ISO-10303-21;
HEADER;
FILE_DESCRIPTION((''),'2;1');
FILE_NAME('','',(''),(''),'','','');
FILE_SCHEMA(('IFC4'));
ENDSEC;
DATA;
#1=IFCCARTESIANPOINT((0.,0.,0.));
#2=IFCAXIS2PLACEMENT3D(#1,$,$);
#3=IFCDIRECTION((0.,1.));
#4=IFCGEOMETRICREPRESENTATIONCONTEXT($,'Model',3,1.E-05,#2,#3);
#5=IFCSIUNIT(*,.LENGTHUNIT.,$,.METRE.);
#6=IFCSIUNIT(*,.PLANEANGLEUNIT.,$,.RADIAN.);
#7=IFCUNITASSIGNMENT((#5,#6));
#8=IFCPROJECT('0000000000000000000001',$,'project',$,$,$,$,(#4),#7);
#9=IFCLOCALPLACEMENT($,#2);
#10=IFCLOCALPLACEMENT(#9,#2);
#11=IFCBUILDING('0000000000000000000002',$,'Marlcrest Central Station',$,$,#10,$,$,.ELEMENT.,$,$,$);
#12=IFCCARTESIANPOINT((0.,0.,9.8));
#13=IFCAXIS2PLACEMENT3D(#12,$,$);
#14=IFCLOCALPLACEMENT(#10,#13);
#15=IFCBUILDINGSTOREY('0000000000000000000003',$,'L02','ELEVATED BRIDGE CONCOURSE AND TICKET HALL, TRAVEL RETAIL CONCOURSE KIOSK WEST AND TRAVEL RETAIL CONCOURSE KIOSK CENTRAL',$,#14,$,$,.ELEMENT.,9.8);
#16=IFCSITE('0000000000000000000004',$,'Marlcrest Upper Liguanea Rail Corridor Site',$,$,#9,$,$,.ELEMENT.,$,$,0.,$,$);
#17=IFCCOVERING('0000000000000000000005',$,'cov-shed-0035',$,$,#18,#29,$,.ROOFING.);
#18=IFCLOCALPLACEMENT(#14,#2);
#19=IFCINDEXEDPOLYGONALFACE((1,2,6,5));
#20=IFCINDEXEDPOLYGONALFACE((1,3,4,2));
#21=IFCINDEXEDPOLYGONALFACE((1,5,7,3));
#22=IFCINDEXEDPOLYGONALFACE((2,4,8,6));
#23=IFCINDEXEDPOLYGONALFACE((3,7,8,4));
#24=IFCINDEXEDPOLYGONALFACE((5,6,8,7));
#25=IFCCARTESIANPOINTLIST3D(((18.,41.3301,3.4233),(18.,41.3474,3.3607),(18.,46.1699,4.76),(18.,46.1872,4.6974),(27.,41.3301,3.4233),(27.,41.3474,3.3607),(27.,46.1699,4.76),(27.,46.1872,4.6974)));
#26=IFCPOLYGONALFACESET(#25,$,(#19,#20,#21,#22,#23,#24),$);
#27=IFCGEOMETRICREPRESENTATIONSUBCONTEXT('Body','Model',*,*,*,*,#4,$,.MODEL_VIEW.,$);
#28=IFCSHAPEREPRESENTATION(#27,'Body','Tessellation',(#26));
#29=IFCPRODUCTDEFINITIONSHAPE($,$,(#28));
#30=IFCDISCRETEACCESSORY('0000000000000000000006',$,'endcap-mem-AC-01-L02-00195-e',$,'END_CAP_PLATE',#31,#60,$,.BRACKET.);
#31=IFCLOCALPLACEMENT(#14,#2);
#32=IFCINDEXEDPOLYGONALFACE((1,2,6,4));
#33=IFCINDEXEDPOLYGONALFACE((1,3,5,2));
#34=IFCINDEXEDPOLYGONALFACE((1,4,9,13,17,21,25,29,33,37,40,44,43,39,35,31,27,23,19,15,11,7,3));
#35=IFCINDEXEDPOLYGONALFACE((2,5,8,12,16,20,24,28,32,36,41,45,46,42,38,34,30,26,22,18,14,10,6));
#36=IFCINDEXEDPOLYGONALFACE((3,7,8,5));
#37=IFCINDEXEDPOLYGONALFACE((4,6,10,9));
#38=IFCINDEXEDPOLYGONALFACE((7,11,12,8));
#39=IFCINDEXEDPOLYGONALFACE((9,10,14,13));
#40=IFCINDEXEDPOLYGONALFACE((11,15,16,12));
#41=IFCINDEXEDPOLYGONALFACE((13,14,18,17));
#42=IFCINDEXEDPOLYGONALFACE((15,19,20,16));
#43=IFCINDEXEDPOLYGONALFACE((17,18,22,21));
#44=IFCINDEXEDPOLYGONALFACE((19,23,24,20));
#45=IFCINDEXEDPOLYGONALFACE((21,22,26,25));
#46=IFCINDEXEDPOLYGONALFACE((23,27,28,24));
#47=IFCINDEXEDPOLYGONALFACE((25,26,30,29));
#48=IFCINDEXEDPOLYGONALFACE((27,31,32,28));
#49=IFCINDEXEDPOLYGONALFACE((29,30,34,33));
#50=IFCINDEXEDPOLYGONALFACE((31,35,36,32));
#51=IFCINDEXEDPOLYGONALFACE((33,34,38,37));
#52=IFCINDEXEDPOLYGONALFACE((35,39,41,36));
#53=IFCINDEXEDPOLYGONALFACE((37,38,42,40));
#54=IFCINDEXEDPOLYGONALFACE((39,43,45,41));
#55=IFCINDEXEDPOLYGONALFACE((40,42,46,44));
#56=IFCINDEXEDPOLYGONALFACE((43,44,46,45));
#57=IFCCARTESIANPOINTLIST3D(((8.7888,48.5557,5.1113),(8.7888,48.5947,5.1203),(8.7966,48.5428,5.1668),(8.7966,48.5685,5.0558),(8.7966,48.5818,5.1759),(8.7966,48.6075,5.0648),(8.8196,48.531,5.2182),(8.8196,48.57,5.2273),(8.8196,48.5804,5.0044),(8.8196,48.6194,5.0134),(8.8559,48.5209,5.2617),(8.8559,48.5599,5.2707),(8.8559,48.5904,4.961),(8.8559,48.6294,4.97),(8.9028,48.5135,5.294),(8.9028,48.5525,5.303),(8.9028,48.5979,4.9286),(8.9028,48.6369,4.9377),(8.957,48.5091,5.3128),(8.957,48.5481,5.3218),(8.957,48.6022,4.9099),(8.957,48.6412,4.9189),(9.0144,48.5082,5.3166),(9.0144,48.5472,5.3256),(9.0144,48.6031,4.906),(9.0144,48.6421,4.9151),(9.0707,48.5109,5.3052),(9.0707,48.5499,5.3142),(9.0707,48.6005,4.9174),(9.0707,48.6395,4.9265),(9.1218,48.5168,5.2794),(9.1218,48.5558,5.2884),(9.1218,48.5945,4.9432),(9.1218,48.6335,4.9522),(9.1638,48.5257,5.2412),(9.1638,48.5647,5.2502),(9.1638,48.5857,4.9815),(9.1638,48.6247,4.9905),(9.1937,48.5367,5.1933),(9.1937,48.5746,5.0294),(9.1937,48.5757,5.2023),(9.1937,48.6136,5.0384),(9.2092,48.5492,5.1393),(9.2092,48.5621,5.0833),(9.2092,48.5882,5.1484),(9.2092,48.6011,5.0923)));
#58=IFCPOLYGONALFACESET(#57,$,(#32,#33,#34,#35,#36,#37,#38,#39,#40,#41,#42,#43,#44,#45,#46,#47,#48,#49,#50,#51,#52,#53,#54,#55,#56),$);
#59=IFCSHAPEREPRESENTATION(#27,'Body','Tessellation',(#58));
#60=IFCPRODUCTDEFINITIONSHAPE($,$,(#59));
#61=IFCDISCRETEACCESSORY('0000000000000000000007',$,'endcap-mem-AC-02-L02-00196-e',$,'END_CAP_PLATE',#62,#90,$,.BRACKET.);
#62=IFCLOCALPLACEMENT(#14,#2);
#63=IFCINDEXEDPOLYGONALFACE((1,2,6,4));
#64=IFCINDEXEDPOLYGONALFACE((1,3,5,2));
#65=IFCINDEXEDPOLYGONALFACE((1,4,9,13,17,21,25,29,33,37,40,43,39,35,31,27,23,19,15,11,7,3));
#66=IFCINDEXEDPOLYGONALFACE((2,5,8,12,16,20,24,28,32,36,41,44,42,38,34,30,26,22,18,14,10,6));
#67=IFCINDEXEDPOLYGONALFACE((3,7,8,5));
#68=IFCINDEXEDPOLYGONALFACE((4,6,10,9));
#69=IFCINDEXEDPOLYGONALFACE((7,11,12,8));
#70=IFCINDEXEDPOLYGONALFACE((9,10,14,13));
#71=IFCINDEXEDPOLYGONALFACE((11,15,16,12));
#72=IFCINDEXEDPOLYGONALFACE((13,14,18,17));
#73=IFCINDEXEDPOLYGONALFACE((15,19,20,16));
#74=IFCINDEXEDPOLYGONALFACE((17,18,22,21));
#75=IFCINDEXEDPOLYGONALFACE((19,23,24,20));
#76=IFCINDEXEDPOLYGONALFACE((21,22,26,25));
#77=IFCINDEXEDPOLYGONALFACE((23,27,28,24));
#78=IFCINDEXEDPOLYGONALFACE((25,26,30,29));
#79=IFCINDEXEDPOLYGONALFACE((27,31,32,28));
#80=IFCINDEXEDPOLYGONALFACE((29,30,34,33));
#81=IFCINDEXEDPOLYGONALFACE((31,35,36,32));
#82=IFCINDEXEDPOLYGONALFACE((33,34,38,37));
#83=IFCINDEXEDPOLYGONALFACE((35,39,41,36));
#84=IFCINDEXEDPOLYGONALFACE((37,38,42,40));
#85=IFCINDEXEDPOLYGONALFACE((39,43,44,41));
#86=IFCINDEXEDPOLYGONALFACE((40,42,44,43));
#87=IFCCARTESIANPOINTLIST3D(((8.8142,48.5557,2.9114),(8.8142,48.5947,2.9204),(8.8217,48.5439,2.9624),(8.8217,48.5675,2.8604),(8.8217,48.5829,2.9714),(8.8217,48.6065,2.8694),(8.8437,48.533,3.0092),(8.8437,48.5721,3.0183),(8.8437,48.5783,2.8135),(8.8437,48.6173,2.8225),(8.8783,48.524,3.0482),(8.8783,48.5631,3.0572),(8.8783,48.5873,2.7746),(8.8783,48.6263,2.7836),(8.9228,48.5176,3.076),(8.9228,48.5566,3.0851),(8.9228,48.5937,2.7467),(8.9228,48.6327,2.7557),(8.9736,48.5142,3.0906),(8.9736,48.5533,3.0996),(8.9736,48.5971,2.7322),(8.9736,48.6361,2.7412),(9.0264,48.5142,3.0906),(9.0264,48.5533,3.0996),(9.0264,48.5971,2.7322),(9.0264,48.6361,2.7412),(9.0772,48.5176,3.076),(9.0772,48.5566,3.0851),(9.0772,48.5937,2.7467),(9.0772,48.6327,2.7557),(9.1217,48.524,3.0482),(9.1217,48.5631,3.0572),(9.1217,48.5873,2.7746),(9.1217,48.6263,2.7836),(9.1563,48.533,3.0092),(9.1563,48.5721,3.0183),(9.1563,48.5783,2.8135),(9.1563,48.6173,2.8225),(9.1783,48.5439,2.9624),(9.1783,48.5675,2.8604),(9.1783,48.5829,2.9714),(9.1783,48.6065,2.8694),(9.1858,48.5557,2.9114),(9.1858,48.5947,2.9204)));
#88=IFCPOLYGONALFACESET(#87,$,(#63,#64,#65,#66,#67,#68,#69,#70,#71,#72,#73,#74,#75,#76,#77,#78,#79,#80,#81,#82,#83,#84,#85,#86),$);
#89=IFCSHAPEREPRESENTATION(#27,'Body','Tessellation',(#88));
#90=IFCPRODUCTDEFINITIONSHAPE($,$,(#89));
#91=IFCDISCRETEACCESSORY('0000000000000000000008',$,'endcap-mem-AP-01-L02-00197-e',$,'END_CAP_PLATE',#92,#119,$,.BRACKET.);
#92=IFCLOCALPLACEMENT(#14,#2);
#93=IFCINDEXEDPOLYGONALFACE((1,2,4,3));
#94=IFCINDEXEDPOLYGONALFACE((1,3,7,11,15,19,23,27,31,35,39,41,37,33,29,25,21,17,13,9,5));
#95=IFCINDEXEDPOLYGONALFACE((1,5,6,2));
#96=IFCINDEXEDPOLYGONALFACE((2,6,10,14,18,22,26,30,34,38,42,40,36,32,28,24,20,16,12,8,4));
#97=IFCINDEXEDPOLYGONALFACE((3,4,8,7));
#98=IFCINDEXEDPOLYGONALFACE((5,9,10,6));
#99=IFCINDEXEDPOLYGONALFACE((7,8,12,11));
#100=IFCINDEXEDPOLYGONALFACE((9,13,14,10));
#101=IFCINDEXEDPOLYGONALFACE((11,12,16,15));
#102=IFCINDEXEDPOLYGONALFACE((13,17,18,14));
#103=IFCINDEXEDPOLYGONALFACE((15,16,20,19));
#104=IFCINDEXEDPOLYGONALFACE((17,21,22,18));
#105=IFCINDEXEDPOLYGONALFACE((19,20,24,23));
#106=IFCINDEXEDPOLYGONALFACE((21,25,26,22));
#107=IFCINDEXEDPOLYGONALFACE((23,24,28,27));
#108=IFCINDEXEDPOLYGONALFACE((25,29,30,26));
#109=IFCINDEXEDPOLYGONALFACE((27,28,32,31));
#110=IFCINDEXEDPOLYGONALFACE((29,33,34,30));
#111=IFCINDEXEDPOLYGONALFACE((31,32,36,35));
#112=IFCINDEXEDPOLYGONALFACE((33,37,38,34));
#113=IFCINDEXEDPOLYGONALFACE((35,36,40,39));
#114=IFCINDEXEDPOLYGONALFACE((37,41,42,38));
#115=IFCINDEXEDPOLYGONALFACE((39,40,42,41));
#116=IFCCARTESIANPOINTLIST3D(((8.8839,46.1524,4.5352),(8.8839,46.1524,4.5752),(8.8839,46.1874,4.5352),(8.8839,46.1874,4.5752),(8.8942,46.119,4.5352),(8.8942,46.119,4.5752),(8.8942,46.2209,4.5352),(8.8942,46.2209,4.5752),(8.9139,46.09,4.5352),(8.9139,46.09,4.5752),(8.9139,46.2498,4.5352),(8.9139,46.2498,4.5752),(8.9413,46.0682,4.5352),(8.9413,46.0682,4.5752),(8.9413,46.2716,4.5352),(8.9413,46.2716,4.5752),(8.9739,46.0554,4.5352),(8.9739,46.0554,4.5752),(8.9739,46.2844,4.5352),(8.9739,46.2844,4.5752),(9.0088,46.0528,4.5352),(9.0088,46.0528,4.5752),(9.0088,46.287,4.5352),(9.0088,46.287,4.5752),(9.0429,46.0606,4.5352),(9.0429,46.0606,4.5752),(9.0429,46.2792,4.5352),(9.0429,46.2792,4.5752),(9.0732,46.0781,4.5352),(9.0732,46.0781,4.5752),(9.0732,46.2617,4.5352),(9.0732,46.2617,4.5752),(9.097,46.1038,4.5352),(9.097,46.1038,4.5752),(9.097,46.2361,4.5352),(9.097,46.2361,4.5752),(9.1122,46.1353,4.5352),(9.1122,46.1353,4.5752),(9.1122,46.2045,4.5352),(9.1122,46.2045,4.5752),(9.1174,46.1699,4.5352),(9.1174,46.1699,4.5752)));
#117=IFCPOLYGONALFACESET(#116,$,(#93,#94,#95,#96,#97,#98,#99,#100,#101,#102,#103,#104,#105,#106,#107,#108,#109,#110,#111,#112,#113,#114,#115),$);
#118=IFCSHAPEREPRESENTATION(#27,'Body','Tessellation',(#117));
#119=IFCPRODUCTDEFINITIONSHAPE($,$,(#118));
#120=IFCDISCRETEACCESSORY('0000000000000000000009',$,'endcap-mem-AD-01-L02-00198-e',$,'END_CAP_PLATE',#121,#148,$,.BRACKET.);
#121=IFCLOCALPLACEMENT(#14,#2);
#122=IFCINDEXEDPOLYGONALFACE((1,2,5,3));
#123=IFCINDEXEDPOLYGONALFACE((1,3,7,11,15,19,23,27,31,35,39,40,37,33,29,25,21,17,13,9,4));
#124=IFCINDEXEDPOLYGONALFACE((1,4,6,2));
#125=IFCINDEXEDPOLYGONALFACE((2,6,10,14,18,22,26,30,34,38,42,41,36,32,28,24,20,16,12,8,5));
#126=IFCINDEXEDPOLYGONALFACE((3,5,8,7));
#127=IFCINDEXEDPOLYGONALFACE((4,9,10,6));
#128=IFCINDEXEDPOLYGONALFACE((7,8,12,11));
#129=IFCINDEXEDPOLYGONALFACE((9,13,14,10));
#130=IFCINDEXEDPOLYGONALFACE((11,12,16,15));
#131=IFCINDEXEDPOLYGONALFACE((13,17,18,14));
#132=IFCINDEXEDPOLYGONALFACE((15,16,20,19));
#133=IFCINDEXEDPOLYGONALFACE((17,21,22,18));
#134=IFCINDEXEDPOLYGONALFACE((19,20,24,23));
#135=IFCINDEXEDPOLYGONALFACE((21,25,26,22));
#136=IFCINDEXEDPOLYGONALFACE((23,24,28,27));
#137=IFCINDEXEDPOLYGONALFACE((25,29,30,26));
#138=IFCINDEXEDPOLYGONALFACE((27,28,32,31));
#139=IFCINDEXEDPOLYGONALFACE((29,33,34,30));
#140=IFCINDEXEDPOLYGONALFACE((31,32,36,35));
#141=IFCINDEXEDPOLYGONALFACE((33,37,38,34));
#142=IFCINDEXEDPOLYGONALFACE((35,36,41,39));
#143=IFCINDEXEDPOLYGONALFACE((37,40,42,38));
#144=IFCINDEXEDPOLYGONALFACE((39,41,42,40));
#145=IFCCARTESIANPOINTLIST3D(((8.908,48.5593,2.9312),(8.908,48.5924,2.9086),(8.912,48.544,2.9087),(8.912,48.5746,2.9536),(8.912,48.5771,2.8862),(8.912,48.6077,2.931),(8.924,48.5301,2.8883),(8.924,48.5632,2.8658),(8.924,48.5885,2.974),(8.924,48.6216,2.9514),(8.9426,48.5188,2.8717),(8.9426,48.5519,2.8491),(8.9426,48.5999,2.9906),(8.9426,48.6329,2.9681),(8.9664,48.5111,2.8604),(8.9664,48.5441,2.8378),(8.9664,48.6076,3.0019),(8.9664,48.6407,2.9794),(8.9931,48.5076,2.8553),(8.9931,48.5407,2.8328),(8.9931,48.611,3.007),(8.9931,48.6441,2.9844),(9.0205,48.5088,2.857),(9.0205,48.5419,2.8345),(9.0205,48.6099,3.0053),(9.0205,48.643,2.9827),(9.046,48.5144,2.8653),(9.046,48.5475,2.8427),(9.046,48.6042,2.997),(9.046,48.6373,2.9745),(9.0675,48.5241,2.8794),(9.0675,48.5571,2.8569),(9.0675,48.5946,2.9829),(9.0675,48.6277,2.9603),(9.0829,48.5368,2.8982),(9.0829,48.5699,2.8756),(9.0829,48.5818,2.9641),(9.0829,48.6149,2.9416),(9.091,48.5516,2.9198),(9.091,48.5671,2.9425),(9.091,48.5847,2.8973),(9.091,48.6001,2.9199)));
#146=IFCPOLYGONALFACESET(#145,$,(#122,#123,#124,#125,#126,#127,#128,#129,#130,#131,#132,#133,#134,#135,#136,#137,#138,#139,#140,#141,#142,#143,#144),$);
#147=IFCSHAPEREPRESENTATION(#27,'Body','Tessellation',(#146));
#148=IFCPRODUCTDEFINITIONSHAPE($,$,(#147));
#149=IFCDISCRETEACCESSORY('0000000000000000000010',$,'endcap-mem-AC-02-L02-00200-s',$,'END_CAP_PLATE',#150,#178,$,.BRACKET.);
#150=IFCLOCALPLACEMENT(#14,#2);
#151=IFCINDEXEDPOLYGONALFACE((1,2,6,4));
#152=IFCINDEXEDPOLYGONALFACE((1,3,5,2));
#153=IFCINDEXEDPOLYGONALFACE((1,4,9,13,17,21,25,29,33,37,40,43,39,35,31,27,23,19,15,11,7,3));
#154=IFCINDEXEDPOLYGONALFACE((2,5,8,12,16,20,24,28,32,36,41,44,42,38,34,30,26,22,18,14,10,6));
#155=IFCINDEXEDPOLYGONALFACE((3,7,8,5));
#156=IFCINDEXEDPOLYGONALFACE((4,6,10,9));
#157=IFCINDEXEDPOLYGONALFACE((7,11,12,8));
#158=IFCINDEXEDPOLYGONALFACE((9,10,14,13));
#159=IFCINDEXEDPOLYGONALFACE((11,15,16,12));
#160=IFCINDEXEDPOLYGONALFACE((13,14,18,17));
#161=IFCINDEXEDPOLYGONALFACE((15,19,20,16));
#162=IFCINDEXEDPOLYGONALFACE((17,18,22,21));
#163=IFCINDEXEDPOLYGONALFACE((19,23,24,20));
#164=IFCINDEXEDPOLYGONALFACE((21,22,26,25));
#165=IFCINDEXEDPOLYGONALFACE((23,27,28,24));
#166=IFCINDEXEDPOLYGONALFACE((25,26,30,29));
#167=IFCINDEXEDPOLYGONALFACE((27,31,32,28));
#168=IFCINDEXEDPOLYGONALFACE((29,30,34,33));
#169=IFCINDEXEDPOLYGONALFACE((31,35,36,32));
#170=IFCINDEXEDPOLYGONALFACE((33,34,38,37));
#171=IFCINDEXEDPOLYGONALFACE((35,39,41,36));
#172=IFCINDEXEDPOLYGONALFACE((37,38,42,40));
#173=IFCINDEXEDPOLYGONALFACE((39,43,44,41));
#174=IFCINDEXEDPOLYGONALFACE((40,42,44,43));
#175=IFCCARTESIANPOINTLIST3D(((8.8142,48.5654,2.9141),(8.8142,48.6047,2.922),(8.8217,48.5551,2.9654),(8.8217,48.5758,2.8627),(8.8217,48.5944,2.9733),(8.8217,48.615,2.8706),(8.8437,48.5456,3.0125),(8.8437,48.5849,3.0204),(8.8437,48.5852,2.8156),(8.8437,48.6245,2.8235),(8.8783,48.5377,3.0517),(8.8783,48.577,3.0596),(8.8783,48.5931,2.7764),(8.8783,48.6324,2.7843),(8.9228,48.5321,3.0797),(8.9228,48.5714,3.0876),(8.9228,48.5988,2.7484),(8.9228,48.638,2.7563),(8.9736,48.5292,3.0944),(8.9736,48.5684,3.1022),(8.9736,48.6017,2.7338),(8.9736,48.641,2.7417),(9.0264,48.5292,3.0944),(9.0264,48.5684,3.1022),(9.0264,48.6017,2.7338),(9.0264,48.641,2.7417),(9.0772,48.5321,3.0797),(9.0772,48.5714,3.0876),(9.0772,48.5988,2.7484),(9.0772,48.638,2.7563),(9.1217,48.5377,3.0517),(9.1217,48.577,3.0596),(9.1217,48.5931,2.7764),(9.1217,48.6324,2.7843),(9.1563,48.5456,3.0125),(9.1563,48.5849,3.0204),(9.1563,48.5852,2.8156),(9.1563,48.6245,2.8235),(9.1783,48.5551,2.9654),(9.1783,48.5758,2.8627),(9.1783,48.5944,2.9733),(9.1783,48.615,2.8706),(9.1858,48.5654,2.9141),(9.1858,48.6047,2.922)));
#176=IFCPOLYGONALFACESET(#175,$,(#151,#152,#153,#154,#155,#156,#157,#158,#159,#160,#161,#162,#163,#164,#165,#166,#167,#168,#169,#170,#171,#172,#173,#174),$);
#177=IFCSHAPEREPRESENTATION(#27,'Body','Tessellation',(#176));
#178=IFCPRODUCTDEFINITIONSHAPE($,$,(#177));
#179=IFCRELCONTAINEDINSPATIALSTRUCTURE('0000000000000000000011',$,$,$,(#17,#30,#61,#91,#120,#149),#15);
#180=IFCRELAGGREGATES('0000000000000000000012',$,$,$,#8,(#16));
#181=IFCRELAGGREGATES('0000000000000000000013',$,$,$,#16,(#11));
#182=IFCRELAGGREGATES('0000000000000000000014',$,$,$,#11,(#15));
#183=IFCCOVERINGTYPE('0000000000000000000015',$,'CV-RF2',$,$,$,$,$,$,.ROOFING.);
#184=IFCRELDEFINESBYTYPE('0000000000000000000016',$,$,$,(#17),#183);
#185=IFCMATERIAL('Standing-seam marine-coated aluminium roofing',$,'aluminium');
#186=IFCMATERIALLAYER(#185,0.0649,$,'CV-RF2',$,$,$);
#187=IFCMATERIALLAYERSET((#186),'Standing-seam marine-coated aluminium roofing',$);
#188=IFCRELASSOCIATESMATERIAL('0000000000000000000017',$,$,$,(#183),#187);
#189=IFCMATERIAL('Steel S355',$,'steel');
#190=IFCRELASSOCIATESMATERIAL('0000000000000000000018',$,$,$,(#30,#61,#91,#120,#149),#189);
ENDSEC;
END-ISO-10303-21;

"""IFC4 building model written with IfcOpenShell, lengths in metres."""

from ifc_helpers import new_model, si_unit, direction, frame, origin, origin_2d, place, context, subcontext, project, spatial, polyline, circle, outline, extrude, material, layer, layer_set, type_object, element, save


model = new_model("IFC4")

# Units and contexts
model_context = context("Model", 3, precision=1e-05, world=origin(), true_north=direction((0.0, 1.0)))
body_context = subcontext(model_context, "Body", "Model", "MODEL_VIEW")
ifc_project = project(units=[si_unit("LENGTHUNIT", "METRE"), si_unit("PLANEANGLEUNIT", "RADIAN")], contexts=[model_context])

# Site, building, storey
site_placement = place(None, origin())
site = spatial("IfcSite", under=ifc_project, at=site_placement, Name="Marlcrest Upper Liguanea Rail Corridor Site", CompositionType="ELEMENT", RefElevation=0.0)
building_placement = place(site_placement, origin())
building = spatial("IfcBuilding", under=site, at=building_placement, Name="Marlcrest Central Station", CompositionType="ELEMENT")
storey_placement = place(building_placement, frame((0.0, 0.0, 9.8)))
storey = spatial("IfcBuildingStorey", under=building, at=storey_placement, Name="L02", Description="ELEVATED BRIDGE CONCOURSE AND TICKET HALL, TRAVEL RETAIL CONCOURSE KIOSK WEST AND TRAVEL RETAIL CONCOURSE KIOSK CENTRAL", CompositionType="ELEMENT", Elevation=9.8)

# Shared definitions
ifc_material_1 = material(Name="Steel S355", Category="steel")

# Covering
ifc_material_2 = material(Name="Standing-seam marine-coated aluminium roofing", Category="aluminium")
ifc_layer_1 = layer(ifc_material_2, 0.0649, Name="CV-RF2")
ifc_layer_set_1 = layer_set([ifc_layer_1], Name="Standing-seam marine-coated aluminium roofing")
covering_type = type_object("IfcCoveringType", Name="CV-RF2", PredefinedType="ROOFING", material=ifc_layer_set_1)
covering_placement = place(storey_placement, frame((18.0, 41.3301, 3.4233), z_axis=(0.0, -0.266214, 0.963914), x_axis=(1.0, 0.0, 0.0)))
element("IfcCovering", 1, at=covering_placement, inside=storey, type_object=covering_type, Name="cov-shed-0035", PredefinedType="ROOFING", context=body_context, shape_type="SweptSolid", body=[
    extrude(outline(polyline([(0.0, 0.0), (9.0, 0.0), (9.0, 5.021), (0.0, 5.021), (0.0, 0.0)])), origin(), (0.0, 0.0, -1.0), 0.0649),
])

# Discrete accessories
discrete_accessory_1_placement = place(storey_placement, frame((9.0, 48.5557, 5.1113), z_axis=(0.0, 0.97433, 0.225126), x_axis=(-1.0, 0.0, 0.0)))
element("IfcDiscreteAccessory", 2, at=discrete_accessory_1_placement, inside=storey, material=ifc_material_1, Name="endcap-mem-AC-01-L02-00195-e", ObjectType="END_CAP_PLATE", PredefinedType="BRACKET", context=body_context, shape_type="SweptSolid", body=[
    extrude(circle(Radius=0.2112, at=origin_2d()), origin(), (0.0, 0.0, 1.0), 0.04),
])
discrete_accessory_2_placement = place(storey_placement, frame((9.0, 48.5557, 2.9114), z_axis=(0.0, 0.974308, 0.22522), x_axis=(-1.0, 0.0, 0.0)))
element("IfcDiscreteAccessory", 3, at=discrete_accessory_2_placement, inside=storey, material=ifc_material_1, Name="endcap-mem-AC-02-L02-00196-e", ObjectType="END_CAP_PLATE", PredefinedType="BRACKET", context=body_context, shape_type="SweptSolid", body=[
    extrude(circle(Radius=0.1858, at=origin_2d()), origin(), (0.0, 0.0, 1.0), 0.04),
])
discrete_accessory_3_placement = place(storey_placement, frame((9.0, 46.1699, 4.5352), z_axis=(0.0, 0.0, 1.0), x_axis=(1.0, 0.0, 0.0)))
element("IfcDiscreteAccessory", 4, at=discrete_accessory_3_placement, inside=storey, material=ifc_material_1, Name="endcap-mem-AP-01-L02-00197-e", ObjectType="END_CAP_PLATE", PredefinedType="BRACKET", context=body_context, shape_type="SweptSolid", body=[
    extrude(circle(Radius=0.1174, at=origin_2d()), origin(), (0.0, 0.0, 1.0), 0.04),
])
discrete_accessory_4_placement = place(storey_placement, frame((9.0, 48.5593, 2.9312), z_axis=(0.0, 0.826263, -0.563285), x_axis=(-1.0, 0.0, 0.0)))
element("IfcDiscreteAccessory", 5, at=discrete_accessory_4_placement, inside=storey, material=ifc_material_1, Name="endcap-mem-AD-01-L02-00198-e", ObjectType="END_CAP_PLATE", PredefinedType="BRACKET", context=body_context, shape_type="SweptSolid", body=[
    extrude(circle(Radius=0.092, at=origin_2d()), origin(), (0.0, 0.0, 1.0), 0.04),
])
discrete_accessory_5_placement = place(storey_placement, frame((9.0, 48.5654, 2.9141), z_axis=(0.0, 0.980359, 0.197219), x_axis=(-1.0, 0.0, 0.0)))
element("IfcDiscreteAccessory", 6, at=discrete_accessory_5_placement, inside=storey, material=ifc_material_1, Name="endcap-mem-AC-02-L02-00200-s", ObjectType="END_CAP_PLATE", PredefinedType="BRACKET", context=body_context, shape_type="SweptSolid", body=[
    extrude(circle(Radius=0.1858, at=origin_2d()), origin(), (0.0, 0.0, 1.0), 0.04),
])

save(model, "model.ifc")
